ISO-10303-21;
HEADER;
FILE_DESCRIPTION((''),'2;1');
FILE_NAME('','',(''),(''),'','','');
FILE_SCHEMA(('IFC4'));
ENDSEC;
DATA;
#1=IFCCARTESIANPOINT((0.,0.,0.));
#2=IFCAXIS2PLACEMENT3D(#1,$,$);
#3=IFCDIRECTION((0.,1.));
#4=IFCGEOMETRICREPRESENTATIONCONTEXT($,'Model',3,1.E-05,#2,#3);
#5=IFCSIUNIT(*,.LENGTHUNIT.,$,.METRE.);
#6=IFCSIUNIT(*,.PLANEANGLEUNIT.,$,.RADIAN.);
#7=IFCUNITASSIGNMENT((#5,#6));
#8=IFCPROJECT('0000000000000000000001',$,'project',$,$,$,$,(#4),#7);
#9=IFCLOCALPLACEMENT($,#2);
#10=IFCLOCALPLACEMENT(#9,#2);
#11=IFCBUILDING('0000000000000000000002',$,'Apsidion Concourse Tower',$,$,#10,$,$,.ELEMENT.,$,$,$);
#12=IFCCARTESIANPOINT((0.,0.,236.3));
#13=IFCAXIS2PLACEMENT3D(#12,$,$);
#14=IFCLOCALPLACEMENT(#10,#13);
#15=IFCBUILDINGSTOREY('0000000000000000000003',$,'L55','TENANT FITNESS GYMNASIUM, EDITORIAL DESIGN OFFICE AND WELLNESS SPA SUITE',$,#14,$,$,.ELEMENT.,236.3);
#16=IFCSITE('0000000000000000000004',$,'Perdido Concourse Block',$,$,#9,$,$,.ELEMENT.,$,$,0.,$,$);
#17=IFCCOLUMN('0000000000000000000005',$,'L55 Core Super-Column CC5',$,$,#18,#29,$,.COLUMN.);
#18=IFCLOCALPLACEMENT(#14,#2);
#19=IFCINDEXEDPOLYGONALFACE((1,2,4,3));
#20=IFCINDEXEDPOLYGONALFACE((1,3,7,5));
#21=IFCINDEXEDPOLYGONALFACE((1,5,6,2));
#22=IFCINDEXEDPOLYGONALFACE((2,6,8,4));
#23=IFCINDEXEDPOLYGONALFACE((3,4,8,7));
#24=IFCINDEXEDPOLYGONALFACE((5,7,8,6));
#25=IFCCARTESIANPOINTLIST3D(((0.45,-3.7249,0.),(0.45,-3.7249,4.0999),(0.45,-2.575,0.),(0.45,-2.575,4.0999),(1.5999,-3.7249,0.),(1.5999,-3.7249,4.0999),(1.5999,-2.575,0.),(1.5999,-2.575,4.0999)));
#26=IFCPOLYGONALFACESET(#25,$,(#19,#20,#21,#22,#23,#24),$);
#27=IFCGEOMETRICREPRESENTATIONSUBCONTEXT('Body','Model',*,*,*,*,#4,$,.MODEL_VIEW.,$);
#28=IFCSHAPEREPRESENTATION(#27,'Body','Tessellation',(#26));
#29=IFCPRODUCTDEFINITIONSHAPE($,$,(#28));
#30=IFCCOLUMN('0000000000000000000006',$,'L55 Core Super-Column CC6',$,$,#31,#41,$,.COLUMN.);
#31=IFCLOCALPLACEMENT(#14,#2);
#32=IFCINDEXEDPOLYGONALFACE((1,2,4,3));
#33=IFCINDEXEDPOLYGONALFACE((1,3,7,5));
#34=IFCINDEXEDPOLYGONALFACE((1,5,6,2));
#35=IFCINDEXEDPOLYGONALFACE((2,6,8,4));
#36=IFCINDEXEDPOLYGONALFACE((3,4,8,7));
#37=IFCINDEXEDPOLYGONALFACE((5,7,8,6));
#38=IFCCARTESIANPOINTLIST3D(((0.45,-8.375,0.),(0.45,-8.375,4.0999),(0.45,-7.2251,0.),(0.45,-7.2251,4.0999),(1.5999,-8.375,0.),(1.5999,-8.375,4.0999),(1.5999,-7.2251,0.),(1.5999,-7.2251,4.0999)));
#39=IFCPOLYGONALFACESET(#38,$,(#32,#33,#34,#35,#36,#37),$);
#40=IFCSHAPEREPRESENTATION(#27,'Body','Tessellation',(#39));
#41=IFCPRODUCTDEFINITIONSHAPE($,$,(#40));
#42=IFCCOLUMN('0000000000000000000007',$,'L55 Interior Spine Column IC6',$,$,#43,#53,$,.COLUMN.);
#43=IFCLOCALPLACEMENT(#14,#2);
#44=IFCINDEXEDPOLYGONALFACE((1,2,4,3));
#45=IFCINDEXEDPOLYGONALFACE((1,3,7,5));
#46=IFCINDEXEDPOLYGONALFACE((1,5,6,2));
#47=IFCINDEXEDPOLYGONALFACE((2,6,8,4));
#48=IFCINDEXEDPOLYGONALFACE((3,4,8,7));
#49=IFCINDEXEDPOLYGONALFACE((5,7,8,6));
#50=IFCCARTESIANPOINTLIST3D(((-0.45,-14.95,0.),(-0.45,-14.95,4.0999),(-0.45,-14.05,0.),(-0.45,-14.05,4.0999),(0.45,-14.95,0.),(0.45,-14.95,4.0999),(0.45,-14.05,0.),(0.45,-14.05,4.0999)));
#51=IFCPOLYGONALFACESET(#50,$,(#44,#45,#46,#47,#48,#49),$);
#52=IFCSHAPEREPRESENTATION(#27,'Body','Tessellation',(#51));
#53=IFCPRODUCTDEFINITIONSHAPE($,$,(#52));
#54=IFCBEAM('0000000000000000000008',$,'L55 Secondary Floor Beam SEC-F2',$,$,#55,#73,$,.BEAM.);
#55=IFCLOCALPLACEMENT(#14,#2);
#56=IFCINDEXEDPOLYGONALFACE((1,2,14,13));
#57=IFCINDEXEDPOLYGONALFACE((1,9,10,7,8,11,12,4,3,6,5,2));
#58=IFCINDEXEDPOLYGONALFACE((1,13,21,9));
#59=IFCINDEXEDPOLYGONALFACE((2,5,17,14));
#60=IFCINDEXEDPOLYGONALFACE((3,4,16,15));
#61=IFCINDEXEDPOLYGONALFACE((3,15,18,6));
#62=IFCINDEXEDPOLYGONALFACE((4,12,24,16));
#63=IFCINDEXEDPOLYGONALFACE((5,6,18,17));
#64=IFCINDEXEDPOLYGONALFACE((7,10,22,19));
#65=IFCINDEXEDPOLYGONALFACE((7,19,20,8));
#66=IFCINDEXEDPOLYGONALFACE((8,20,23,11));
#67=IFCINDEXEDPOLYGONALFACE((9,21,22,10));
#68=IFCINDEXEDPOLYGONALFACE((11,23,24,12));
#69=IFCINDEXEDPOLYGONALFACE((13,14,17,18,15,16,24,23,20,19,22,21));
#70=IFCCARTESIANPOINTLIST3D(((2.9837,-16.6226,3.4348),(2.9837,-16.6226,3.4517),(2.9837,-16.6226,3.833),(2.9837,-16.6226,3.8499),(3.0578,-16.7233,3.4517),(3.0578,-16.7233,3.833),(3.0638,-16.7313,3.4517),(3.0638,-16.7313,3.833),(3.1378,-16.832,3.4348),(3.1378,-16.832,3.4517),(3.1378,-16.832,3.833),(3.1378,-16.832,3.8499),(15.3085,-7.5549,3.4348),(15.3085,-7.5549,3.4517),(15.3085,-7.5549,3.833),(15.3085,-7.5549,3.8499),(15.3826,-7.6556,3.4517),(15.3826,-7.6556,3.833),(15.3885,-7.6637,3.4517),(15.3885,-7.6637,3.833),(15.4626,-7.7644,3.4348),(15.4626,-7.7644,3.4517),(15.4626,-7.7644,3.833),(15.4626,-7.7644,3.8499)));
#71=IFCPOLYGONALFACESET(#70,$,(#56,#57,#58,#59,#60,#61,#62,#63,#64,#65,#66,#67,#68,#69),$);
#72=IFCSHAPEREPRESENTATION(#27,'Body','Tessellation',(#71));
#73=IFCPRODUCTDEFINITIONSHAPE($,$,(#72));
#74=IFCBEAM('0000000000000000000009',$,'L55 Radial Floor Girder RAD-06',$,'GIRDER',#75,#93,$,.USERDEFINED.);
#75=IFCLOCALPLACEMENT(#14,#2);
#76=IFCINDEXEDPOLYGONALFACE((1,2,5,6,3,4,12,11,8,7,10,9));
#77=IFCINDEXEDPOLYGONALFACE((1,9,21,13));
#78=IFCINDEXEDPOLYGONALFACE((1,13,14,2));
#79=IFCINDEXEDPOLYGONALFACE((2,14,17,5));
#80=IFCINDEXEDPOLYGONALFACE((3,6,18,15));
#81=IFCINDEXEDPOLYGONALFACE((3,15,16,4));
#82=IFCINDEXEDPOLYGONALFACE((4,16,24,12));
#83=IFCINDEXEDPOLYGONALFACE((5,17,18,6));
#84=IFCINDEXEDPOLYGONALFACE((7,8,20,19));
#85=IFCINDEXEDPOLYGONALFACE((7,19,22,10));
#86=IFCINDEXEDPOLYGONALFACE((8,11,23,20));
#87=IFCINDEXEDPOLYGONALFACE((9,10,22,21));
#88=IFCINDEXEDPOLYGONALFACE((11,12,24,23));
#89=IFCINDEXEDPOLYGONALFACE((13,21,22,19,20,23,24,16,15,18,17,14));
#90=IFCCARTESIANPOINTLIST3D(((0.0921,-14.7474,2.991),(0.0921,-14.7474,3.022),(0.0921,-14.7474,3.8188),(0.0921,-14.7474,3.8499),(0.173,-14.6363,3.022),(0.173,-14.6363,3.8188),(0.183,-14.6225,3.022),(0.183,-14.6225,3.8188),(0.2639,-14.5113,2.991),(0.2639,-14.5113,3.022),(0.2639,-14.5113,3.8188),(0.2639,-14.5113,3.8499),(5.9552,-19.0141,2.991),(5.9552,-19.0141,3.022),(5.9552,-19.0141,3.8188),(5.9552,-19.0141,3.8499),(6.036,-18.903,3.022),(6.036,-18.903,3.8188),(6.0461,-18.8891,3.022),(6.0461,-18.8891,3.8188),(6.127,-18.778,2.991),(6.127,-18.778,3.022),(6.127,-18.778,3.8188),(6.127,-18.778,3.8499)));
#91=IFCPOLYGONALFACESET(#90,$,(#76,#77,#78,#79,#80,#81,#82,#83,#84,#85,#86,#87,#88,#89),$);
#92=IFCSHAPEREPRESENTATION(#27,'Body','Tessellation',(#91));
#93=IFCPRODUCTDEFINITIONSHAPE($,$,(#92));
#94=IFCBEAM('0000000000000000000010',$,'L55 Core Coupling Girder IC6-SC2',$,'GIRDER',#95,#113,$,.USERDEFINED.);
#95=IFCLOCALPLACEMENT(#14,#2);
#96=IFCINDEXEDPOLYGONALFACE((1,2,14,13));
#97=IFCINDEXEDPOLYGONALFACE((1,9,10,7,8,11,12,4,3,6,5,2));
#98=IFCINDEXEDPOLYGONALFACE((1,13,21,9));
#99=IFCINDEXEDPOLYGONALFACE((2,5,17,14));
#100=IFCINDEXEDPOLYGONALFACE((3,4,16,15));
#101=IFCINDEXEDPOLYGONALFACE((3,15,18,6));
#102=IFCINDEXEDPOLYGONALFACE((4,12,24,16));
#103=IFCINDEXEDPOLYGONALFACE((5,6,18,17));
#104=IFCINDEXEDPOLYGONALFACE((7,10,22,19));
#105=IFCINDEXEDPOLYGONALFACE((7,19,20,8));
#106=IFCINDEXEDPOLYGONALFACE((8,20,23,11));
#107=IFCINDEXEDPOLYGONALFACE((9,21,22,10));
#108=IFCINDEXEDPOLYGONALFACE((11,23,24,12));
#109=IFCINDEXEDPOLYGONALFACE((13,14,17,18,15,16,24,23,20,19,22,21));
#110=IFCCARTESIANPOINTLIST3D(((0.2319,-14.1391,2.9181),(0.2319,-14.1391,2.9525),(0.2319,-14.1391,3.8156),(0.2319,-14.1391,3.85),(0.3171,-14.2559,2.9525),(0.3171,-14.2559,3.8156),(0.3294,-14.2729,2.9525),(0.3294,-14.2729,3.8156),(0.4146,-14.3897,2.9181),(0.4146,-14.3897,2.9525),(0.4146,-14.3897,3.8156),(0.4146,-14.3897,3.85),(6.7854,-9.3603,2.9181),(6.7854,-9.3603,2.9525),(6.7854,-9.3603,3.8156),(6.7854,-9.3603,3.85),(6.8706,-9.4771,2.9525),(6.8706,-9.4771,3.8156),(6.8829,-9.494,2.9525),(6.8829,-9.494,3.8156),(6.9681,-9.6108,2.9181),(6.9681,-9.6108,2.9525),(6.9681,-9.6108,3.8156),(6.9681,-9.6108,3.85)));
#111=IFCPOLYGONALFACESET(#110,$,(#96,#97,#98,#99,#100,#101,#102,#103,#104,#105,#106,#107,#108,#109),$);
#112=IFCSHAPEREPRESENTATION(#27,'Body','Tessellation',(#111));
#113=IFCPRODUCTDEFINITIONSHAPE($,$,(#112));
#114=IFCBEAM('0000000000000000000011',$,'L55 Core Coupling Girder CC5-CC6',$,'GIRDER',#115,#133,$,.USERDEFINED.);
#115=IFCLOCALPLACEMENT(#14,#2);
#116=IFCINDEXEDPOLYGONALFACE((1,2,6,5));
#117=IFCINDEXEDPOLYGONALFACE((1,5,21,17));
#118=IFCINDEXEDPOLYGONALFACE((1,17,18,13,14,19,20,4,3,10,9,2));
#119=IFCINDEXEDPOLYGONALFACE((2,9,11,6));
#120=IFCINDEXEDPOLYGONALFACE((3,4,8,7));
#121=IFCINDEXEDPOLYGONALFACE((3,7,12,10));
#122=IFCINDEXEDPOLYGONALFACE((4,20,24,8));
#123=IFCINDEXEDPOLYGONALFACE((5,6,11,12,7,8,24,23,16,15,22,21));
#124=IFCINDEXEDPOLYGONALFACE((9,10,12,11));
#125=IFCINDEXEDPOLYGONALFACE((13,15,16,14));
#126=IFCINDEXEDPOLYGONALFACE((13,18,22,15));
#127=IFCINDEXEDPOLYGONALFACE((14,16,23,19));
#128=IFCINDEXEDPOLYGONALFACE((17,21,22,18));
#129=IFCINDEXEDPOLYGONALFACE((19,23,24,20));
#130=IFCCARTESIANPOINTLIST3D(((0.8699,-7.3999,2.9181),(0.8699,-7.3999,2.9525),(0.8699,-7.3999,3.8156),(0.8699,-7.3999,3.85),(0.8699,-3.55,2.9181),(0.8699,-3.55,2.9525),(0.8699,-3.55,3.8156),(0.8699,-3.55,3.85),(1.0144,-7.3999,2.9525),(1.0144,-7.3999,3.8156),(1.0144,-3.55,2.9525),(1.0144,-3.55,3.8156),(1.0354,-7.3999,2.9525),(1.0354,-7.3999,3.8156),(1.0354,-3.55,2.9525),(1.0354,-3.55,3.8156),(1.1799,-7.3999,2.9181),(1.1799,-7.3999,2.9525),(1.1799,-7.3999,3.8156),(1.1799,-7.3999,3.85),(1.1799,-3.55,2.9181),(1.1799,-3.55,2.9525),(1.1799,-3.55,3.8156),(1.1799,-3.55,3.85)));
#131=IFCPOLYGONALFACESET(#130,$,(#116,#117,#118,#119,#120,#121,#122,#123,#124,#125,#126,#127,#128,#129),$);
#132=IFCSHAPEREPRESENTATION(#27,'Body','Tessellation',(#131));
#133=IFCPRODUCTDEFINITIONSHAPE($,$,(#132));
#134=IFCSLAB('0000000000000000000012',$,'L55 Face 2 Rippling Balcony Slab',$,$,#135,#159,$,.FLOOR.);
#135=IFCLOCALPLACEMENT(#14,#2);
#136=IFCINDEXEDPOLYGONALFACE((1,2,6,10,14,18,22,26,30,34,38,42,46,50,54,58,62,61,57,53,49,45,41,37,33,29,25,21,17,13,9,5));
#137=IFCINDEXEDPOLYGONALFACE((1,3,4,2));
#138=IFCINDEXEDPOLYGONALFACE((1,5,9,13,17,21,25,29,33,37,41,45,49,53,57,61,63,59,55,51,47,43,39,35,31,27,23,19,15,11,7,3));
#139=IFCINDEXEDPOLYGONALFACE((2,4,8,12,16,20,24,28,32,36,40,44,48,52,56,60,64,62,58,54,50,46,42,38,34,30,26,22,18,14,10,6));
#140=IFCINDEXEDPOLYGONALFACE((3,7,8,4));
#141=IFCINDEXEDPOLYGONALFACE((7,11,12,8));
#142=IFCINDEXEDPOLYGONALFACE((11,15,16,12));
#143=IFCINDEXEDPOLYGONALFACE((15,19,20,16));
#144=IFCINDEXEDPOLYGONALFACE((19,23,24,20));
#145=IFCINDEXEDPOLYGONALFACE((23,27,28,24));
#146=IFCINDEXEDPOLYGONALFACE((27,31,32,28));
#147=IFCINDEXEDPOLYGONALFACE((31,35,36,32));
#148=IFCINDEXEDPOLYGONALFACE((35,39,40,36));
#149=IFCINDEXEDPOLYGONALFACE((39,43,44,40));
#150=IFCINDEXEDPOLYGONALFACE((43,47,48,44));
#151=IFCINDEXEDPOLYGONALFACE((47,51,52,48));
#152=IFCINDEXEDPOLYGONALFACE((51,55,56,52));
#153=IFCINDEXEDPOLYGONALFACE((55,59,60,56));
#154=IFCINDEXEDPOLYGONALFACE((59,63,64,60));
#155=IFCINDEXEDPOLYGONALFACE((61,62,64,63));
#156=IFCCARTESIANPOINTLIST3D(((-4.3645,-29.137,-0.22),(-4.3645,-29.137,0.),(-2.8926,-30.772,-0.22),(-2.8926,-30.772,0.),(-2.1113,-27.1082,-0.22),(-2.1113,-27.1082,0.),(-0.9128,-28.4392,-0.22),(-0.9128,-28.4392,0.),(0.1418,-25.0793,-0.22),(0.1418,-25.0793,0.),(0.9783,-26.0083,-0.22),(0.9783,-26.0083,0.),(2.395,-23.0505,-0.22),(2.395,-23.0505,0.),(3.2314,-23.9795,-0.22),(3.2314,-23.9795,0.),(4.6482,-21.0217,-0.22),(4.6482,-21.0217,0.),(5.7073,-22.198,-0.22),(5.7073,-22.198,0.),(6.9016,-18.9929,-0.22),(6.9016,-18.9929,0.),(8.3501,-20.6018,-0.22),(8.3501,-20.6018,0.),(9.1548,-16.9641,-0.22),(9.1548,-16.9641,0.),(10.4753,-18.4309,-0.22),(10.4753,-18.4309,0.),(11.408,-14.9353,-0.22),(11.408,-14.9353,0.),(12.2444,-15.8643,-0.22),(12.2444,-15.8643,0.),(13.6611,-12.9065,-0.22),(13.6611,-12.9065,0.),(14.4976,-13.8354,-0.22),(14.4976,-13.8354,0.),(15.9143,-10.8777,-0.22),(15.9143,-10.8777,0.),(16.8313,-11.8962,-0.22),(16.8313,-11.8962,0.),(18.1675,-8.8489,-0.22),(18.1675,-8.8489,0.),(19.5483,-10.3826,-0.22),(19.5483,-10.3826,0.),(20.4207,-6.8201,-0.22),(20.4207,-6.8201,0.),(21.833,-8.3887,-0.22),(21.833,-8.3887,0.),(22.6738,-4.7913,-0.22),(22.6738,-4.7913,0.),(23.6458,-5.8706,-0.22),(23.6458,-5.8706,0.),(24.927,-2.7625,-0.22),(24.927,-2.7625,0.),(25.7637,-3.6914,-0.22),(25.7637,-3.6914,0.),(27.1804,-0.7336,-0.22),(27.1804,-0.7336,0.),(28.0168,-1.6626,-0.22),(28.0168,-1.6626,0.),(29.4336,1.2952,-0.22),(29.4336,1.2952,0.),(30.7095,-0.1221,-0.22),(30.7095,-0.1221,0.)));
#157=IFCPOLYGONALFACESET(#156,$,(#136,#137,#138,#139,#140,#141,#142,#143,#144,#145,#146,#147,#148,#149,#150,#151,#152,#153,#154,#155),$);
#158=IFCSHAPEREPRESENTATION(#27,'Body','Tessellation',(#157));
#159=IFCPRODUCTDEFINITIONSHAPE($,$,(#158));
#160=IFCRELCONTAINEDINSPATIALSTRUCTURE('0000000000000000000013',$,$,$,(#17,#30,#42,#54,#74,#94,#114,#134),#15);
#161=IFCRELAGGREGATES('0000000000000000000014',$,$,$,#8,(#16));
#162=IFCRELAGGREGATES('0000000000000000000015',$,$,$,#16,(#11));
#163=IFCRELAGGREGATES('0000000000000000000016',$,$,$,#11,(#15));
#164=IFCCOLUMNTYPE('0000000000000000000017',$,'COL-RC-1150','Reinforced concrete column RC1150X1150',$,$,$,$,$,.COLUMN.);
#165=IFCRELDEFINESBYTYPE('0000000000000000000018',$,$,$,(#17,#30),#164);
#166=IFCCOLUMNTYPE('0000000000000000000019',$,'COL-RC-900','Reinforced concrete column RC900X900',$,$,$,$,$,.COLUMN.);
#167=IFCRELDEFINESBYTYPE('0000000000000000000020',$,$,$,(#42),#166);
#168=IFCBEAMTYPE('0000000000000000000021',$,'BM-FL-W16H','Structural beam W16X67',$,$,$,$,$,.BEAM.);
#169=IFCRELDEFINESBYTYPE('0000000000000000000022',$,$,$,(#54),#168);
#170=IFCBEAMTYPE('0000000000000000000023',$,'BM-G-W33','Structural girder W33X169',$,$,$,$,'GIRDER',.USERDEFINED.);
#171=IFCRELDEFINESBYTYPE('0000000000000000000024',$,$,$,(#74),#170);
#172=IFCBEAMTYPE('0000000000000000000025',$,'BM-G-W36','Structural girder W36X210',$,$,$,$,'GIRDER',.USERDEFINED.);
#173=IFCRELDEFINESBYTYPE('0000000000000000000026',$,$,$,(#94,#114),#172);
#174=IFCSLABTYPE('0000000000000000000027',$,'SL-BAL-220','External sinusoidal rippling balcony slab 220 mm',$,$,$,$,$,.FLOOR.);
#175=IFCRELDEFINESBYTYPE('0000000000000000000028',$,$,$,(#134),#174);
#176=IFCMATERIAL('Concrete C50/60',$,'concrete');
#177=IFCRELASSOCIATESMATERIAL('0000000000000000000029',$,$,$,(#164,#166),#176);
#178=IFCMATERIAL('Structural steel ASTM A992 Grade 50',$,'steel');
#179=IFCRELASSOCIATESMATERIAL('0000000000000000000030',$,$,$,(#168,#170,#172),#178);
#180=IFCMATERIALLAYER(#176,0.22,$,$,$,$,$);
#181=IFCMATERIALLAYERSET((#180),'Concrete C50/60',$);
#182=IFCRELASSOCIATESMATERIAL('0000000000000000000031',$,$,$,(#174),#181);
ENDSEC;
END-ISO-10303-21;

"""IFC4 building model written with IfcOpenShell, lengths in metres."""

from ifc_helpers import new_model, si_unit, direction, frame, origin, origin_2d, place, context, subcontext, project, spatial, polyline, rectangle, i_section, outline, extrude, material, layer, layer_set, material_profile, profile_set, type_object, element, save


model = new_model("IFC4")

# Units and contexts
model_context = context("Model", 3, precision=1e-05, world=origin(), true_north=direction((0.0, 1.0)))
body_context = subcontext(model_context, "Body", "Model", "MODEL_VIEW")
ifc_project = project(units=[si_unit("LENGTHUNIT", "METRE"), si_unit("PLANEANGLEUNIT", "RADIAN")], contexts=[model_context])

# Site, building, storey
site_placement = place(None, origin())
site = spatial("IfcSite", under=ifc_project, at=site_placement, Name="Perdido Concourse Block", CompositionType="ELEMENT", RefElevation=0.0)
building_placement = place(site_placement, origin())
building = spatial("IfcBuilding", under=site, at=building_placement, Name="Apsidion Concourse Tower", CompositionType="ELEMENT")
storey_placement = place(building_placement, frame((0.0, 0.0, 236.3)))
storey = spatial("IfcBuildingStorey", under=building, at=storey_placement, Name="L55", Description="TENANT FITNESS GYMNASIUM, EDITORIAL DESIGN OFFICE AND WELLNESS SPA SUITE", CompositionType="ELEMENT", Elevation=236.3)

# Columns
ifc_material_1 = material(Name="Concrete C50/60", Category="concrete")
ifc_material_profile_1 = material_profile(ifc_material_1, rectangle(XDim=1.1499, YDim=1.1499, at=origin_2d()), Name="RC 1150x1150")
ifc_profile_set_1 = profile_set([ifc_material_profile_1], Name="Concrete C50/60")
column_type_1 = type_object("IfcColumnType", Name="COL-RC-1150", Description="Reinforced concrete column RC1150X1150", PredefinedType="COLUMN", material=ifc_profile_set_1)
for number, where, z_axis, x_axis, name in (
    (1, (1.0249, -3.1499, 0.0), (0.0, 0.0, 1.0), (1.0, 0.0, 0.0), "L55 Core Super-Column CC5"),
    (2, (1.0249, -7.8, 0.0), (0.0, 0.0, 1.0), (1.0, 0.0, 0.0), "L55 Core Super-Column CC6"),
):
    element("IfcColumn", number, at=place(storey_placement, frame(where, z_axis=z_axis, x_axis=x_axis)), inside=storey, type_object=column_type_1, Name=name, PredefinedType="COLUMN", context=body_context, shape_type="SweptSolid", body=[
        extrude(rectangle(XDim=1.1499, YDim=1.1499, at=origin_2d()), origin(), (0.0, 0.0, 1.0), 4.0999),
    ])
ifc_material_profile_2 = material_profile(ifc_material_1, rectangle(XDim=0.8999, YDim=0.8999, at=origin_2d()), Name="RC 900x900")
ifc_profile_set_2 = profile_set([ifc_material_profile_2], Name="Concrete C50/60")
column_type_2 = type_object("IfcColumnType", Name="COL-RC-900", Description="Reinforced concrete column RC900X900", PredefinedType="COLUMN", material=ifc_profile_set_2)
column_placement = place(storey_placement, frame((0.0, -14.5, 0.0), z_axis=(0.0, 0.0, 1.0), x_axis=(1.0, 0.0, 0.0)))
element("IfcColumn", 3, at=column_placement, inside=storey, type_object=column_type_2, Name="L55 Interior Spine Column IC6", PredefinedType="COLUMN", context=body_context, shape_type="SweptSolid", body=[
    extrude(rectangle(XDim=0.8999, YDim=0.8999, at=origin_2d()), origin(), (0.0, 0.0, 1.0), 4.0999),
])

# Beams
ifc_material_2 = material(Name="Structural steel ASTM A992 Grade 50", Category="steel")
ifc_material_profile_3 = material_profile(ifc_material_2, i_section(OverallWidth=0.26, OverallDepth=0.415, WebThickness=0.01, FlangeThickness=0.0168, at=origin_2d()), Name="W16X67")
ifc_profile_set_3 = profile_set([ifc_material_profile_3], Name="Structural steel ASTM A992 Grade 50")
beam_type_1 = type_object("IfcBeamType", Name="BM-FL-W16H", Description="Structural beam W16X67", PredefinedType="BEAM", material=ifc_profile_set_3)
beam_1_placement = place(storey_placement, frame((3.0608, -16.7273, 3.6423), z_axis=(0.805484, 0.592617, 0.0), x_axis=(-0.592617, 0.805484, 0.0)))
element("IfcBeam", 4, at=beam_1_placement, inside=storey, type_object=beam_type_1, Name="L55 Secondary Floor Beam SEC-F2", PredefinedType="BEAM", context=body_context, shape_type="SweptSolid", body=[
    extrude(i_section(OverallWidth=0.26, OverallDepth=0.415, WebThickness=0.01, FlangeThickness=0.0168, at=origin_2d()), origin(), (0.0, 0.0, 1.0), 15.301),
])
ifc_material_profile_4 = material_profile(ifc_material_2, i_section(OverallWidth=0.292, OverallDepth=0.8589, WebThickness=0.0171, FlangeThickness=0.031, at=origin_2d()), Name="W33X169")
ifc_profile_set_4 = profile_set([ifc_material_profile_4], Name="Structural steel ASTM A992 Grade 50")
beam_type_2 = type_object("IfcBeamType", Name="BM-G-W33", Description="Structural girder W33X169", ElementType="GIRDER", PredefinedType="USERDEFINED", material=ifc_profile_set_4)
beam_2_placement = place(storey_placement, frame((0.178, -14.6294, 3.4204), z_axis=(0.808567, -0.588404, 0.0), x_axis=(0.588404, 0.808567, 0.0)))
element("IfcBeam", 5, at=beam_2_placement, inside=storey, type_object=beam_type_2, Name="L55 Radial Floor Girder RAD-06", ObjectType="GIRDER", PredefinedType="USERDEFINED", context=body_context, shape_type="SweptSolid", body=[
    extrude(i_section(OverallWidth=0.292, OverallDepth=0.8589, WebThickness=0.0171, FlangeThickness=0.031, at=origin_2d()), origin(), (0.0, 0.0, 1.0), 7.2512),
])
ifc_material_profile_5 = material_profile(ifc_material_2, i_section(OverallWidth=0.3101, OverallDepth=0.9319, WebThickness=0.021, FlangeThickness=0.0344, at=origin_2d()), Name="W36X210")
ifc_profile_set_5 = profile_set([ifc_material_profile_5], Name="Structural steel ASTM A992 Grade 50")
beam_type_3 = type_object("IfcBeamType", Name="BM-G-W36", Description="Structural girder W36X210", ElementType="GIRDER", PredefinedType="USERDEFINED", material=ifc_profile_set_5)
beam_3_placement = place(storey_placement, frame((0.3232, -14.2644, 3.384), z_axis=(0.807993, 0.589191, 0.0), x_axis=(-0.589191, 0.807993, 0.0)))
element("IfcBeam", 6, at=beam_3_placement, inside=storey, type_object=beam_type_3, Name="L55 Core Coupling Girder IC6-SC2", ObjectType="GIRDER", PredefinedType="USERDEFINED", context=body_context, shape_type="SweptSolid", body=[
    extrude(i_section(OverallWidth=0.3101, OverallDepth=0.9319, WebThickness=0.021, FlangeThickness=0.0344, at=origin_2d()), origin(), (0.0, 0.0, 1.0), 8.1108),
])
beam_4_placement = place(storey_placement, frame((1.0249, -3.55, 3.384), z_axis=(0.0, -1.0, 0.0), x_axis=(1.0, 0.0, 0.0)))
element("IfcBeam", 7, at=beam_4_placement, inside=storey, type_object=beam_type_3, Name="L55 Core Coupling Girder CC5-CC6", ObjectType="GIRDER", PredefinedType="USERDEFINED", context=body_context, shape_type="SweptSolid", body=[
    extrude(i_section(OverallWidth=0.3101, OverallDepth=0.9319, WebThickness=0.021, FlangeThickness=0.0344, at=origin_2d()), origin(), (0.0, 0.0, 1.0), 3.8499),
])

# Slab
ifc_layer_1 = layer(ifc_material_1, 0.22)
ifc_layer_set_1 = layer_set([ifc_layer_1], Name="Concrete C50/60")
slab_type_1 = type_object("IfcSlabType", Name="SL-BAL-220", Description="External sinusoidal rippling balcony slab 220 mm", PredefinedType="FLOOR", material=ifc_layer_set_1)
slab_1_placement = place(storey_placement, frame((0.0, 0.0, -0.22)))
element("IfcSlab", 8, at=slab_1_placement, inside=storey, type_object=slab_type_1, Name="L55 Face 2 Rippling Balcony Slab", PredefinedType="FLOOR", context=body_context, shape_type="SweptSolid", body=[
    extrude(outline(polyline([(-4.3645, -29.137), (-2.1113, -27.1082), (0.1418, -25.0793), (2.395, -23.0505), (4.6482, -21.0217), (6.9016, -18.9929), (9.1548, -16.9641), (11.408, -14.9353), (13.6611, -12.9065), (15.9143, -10.8777), (18.1675, -8.8489), (20.4207, -6.8201), (22.6738, -4.7913), (24.927, -2.7625), (27.1804, -0.7336), (29.4336, 1.2952), (30.7095, -0.1221), (28.0168, -1.6626), (25.7637, -3.6914), (23.6458, -5.8706), (21.833, -8.3887), (19.5483, -10.3826), (16.8313, -11.8962), (14.4976, -13.8354), (12.2444, -15.8643), (10.4753, -18.4309), (8.3501, -20.6018), (5.7073, -22.198), (3.2314, -23.9795), (0.9783, -26.0083), (-0.9128, -28.4392), (-2.8926, -30.772), (-4.3645, -29.137)])), origin(), (0.0, 0.0, 1.0), 0.22),
])

save(model, "model.ifc")
